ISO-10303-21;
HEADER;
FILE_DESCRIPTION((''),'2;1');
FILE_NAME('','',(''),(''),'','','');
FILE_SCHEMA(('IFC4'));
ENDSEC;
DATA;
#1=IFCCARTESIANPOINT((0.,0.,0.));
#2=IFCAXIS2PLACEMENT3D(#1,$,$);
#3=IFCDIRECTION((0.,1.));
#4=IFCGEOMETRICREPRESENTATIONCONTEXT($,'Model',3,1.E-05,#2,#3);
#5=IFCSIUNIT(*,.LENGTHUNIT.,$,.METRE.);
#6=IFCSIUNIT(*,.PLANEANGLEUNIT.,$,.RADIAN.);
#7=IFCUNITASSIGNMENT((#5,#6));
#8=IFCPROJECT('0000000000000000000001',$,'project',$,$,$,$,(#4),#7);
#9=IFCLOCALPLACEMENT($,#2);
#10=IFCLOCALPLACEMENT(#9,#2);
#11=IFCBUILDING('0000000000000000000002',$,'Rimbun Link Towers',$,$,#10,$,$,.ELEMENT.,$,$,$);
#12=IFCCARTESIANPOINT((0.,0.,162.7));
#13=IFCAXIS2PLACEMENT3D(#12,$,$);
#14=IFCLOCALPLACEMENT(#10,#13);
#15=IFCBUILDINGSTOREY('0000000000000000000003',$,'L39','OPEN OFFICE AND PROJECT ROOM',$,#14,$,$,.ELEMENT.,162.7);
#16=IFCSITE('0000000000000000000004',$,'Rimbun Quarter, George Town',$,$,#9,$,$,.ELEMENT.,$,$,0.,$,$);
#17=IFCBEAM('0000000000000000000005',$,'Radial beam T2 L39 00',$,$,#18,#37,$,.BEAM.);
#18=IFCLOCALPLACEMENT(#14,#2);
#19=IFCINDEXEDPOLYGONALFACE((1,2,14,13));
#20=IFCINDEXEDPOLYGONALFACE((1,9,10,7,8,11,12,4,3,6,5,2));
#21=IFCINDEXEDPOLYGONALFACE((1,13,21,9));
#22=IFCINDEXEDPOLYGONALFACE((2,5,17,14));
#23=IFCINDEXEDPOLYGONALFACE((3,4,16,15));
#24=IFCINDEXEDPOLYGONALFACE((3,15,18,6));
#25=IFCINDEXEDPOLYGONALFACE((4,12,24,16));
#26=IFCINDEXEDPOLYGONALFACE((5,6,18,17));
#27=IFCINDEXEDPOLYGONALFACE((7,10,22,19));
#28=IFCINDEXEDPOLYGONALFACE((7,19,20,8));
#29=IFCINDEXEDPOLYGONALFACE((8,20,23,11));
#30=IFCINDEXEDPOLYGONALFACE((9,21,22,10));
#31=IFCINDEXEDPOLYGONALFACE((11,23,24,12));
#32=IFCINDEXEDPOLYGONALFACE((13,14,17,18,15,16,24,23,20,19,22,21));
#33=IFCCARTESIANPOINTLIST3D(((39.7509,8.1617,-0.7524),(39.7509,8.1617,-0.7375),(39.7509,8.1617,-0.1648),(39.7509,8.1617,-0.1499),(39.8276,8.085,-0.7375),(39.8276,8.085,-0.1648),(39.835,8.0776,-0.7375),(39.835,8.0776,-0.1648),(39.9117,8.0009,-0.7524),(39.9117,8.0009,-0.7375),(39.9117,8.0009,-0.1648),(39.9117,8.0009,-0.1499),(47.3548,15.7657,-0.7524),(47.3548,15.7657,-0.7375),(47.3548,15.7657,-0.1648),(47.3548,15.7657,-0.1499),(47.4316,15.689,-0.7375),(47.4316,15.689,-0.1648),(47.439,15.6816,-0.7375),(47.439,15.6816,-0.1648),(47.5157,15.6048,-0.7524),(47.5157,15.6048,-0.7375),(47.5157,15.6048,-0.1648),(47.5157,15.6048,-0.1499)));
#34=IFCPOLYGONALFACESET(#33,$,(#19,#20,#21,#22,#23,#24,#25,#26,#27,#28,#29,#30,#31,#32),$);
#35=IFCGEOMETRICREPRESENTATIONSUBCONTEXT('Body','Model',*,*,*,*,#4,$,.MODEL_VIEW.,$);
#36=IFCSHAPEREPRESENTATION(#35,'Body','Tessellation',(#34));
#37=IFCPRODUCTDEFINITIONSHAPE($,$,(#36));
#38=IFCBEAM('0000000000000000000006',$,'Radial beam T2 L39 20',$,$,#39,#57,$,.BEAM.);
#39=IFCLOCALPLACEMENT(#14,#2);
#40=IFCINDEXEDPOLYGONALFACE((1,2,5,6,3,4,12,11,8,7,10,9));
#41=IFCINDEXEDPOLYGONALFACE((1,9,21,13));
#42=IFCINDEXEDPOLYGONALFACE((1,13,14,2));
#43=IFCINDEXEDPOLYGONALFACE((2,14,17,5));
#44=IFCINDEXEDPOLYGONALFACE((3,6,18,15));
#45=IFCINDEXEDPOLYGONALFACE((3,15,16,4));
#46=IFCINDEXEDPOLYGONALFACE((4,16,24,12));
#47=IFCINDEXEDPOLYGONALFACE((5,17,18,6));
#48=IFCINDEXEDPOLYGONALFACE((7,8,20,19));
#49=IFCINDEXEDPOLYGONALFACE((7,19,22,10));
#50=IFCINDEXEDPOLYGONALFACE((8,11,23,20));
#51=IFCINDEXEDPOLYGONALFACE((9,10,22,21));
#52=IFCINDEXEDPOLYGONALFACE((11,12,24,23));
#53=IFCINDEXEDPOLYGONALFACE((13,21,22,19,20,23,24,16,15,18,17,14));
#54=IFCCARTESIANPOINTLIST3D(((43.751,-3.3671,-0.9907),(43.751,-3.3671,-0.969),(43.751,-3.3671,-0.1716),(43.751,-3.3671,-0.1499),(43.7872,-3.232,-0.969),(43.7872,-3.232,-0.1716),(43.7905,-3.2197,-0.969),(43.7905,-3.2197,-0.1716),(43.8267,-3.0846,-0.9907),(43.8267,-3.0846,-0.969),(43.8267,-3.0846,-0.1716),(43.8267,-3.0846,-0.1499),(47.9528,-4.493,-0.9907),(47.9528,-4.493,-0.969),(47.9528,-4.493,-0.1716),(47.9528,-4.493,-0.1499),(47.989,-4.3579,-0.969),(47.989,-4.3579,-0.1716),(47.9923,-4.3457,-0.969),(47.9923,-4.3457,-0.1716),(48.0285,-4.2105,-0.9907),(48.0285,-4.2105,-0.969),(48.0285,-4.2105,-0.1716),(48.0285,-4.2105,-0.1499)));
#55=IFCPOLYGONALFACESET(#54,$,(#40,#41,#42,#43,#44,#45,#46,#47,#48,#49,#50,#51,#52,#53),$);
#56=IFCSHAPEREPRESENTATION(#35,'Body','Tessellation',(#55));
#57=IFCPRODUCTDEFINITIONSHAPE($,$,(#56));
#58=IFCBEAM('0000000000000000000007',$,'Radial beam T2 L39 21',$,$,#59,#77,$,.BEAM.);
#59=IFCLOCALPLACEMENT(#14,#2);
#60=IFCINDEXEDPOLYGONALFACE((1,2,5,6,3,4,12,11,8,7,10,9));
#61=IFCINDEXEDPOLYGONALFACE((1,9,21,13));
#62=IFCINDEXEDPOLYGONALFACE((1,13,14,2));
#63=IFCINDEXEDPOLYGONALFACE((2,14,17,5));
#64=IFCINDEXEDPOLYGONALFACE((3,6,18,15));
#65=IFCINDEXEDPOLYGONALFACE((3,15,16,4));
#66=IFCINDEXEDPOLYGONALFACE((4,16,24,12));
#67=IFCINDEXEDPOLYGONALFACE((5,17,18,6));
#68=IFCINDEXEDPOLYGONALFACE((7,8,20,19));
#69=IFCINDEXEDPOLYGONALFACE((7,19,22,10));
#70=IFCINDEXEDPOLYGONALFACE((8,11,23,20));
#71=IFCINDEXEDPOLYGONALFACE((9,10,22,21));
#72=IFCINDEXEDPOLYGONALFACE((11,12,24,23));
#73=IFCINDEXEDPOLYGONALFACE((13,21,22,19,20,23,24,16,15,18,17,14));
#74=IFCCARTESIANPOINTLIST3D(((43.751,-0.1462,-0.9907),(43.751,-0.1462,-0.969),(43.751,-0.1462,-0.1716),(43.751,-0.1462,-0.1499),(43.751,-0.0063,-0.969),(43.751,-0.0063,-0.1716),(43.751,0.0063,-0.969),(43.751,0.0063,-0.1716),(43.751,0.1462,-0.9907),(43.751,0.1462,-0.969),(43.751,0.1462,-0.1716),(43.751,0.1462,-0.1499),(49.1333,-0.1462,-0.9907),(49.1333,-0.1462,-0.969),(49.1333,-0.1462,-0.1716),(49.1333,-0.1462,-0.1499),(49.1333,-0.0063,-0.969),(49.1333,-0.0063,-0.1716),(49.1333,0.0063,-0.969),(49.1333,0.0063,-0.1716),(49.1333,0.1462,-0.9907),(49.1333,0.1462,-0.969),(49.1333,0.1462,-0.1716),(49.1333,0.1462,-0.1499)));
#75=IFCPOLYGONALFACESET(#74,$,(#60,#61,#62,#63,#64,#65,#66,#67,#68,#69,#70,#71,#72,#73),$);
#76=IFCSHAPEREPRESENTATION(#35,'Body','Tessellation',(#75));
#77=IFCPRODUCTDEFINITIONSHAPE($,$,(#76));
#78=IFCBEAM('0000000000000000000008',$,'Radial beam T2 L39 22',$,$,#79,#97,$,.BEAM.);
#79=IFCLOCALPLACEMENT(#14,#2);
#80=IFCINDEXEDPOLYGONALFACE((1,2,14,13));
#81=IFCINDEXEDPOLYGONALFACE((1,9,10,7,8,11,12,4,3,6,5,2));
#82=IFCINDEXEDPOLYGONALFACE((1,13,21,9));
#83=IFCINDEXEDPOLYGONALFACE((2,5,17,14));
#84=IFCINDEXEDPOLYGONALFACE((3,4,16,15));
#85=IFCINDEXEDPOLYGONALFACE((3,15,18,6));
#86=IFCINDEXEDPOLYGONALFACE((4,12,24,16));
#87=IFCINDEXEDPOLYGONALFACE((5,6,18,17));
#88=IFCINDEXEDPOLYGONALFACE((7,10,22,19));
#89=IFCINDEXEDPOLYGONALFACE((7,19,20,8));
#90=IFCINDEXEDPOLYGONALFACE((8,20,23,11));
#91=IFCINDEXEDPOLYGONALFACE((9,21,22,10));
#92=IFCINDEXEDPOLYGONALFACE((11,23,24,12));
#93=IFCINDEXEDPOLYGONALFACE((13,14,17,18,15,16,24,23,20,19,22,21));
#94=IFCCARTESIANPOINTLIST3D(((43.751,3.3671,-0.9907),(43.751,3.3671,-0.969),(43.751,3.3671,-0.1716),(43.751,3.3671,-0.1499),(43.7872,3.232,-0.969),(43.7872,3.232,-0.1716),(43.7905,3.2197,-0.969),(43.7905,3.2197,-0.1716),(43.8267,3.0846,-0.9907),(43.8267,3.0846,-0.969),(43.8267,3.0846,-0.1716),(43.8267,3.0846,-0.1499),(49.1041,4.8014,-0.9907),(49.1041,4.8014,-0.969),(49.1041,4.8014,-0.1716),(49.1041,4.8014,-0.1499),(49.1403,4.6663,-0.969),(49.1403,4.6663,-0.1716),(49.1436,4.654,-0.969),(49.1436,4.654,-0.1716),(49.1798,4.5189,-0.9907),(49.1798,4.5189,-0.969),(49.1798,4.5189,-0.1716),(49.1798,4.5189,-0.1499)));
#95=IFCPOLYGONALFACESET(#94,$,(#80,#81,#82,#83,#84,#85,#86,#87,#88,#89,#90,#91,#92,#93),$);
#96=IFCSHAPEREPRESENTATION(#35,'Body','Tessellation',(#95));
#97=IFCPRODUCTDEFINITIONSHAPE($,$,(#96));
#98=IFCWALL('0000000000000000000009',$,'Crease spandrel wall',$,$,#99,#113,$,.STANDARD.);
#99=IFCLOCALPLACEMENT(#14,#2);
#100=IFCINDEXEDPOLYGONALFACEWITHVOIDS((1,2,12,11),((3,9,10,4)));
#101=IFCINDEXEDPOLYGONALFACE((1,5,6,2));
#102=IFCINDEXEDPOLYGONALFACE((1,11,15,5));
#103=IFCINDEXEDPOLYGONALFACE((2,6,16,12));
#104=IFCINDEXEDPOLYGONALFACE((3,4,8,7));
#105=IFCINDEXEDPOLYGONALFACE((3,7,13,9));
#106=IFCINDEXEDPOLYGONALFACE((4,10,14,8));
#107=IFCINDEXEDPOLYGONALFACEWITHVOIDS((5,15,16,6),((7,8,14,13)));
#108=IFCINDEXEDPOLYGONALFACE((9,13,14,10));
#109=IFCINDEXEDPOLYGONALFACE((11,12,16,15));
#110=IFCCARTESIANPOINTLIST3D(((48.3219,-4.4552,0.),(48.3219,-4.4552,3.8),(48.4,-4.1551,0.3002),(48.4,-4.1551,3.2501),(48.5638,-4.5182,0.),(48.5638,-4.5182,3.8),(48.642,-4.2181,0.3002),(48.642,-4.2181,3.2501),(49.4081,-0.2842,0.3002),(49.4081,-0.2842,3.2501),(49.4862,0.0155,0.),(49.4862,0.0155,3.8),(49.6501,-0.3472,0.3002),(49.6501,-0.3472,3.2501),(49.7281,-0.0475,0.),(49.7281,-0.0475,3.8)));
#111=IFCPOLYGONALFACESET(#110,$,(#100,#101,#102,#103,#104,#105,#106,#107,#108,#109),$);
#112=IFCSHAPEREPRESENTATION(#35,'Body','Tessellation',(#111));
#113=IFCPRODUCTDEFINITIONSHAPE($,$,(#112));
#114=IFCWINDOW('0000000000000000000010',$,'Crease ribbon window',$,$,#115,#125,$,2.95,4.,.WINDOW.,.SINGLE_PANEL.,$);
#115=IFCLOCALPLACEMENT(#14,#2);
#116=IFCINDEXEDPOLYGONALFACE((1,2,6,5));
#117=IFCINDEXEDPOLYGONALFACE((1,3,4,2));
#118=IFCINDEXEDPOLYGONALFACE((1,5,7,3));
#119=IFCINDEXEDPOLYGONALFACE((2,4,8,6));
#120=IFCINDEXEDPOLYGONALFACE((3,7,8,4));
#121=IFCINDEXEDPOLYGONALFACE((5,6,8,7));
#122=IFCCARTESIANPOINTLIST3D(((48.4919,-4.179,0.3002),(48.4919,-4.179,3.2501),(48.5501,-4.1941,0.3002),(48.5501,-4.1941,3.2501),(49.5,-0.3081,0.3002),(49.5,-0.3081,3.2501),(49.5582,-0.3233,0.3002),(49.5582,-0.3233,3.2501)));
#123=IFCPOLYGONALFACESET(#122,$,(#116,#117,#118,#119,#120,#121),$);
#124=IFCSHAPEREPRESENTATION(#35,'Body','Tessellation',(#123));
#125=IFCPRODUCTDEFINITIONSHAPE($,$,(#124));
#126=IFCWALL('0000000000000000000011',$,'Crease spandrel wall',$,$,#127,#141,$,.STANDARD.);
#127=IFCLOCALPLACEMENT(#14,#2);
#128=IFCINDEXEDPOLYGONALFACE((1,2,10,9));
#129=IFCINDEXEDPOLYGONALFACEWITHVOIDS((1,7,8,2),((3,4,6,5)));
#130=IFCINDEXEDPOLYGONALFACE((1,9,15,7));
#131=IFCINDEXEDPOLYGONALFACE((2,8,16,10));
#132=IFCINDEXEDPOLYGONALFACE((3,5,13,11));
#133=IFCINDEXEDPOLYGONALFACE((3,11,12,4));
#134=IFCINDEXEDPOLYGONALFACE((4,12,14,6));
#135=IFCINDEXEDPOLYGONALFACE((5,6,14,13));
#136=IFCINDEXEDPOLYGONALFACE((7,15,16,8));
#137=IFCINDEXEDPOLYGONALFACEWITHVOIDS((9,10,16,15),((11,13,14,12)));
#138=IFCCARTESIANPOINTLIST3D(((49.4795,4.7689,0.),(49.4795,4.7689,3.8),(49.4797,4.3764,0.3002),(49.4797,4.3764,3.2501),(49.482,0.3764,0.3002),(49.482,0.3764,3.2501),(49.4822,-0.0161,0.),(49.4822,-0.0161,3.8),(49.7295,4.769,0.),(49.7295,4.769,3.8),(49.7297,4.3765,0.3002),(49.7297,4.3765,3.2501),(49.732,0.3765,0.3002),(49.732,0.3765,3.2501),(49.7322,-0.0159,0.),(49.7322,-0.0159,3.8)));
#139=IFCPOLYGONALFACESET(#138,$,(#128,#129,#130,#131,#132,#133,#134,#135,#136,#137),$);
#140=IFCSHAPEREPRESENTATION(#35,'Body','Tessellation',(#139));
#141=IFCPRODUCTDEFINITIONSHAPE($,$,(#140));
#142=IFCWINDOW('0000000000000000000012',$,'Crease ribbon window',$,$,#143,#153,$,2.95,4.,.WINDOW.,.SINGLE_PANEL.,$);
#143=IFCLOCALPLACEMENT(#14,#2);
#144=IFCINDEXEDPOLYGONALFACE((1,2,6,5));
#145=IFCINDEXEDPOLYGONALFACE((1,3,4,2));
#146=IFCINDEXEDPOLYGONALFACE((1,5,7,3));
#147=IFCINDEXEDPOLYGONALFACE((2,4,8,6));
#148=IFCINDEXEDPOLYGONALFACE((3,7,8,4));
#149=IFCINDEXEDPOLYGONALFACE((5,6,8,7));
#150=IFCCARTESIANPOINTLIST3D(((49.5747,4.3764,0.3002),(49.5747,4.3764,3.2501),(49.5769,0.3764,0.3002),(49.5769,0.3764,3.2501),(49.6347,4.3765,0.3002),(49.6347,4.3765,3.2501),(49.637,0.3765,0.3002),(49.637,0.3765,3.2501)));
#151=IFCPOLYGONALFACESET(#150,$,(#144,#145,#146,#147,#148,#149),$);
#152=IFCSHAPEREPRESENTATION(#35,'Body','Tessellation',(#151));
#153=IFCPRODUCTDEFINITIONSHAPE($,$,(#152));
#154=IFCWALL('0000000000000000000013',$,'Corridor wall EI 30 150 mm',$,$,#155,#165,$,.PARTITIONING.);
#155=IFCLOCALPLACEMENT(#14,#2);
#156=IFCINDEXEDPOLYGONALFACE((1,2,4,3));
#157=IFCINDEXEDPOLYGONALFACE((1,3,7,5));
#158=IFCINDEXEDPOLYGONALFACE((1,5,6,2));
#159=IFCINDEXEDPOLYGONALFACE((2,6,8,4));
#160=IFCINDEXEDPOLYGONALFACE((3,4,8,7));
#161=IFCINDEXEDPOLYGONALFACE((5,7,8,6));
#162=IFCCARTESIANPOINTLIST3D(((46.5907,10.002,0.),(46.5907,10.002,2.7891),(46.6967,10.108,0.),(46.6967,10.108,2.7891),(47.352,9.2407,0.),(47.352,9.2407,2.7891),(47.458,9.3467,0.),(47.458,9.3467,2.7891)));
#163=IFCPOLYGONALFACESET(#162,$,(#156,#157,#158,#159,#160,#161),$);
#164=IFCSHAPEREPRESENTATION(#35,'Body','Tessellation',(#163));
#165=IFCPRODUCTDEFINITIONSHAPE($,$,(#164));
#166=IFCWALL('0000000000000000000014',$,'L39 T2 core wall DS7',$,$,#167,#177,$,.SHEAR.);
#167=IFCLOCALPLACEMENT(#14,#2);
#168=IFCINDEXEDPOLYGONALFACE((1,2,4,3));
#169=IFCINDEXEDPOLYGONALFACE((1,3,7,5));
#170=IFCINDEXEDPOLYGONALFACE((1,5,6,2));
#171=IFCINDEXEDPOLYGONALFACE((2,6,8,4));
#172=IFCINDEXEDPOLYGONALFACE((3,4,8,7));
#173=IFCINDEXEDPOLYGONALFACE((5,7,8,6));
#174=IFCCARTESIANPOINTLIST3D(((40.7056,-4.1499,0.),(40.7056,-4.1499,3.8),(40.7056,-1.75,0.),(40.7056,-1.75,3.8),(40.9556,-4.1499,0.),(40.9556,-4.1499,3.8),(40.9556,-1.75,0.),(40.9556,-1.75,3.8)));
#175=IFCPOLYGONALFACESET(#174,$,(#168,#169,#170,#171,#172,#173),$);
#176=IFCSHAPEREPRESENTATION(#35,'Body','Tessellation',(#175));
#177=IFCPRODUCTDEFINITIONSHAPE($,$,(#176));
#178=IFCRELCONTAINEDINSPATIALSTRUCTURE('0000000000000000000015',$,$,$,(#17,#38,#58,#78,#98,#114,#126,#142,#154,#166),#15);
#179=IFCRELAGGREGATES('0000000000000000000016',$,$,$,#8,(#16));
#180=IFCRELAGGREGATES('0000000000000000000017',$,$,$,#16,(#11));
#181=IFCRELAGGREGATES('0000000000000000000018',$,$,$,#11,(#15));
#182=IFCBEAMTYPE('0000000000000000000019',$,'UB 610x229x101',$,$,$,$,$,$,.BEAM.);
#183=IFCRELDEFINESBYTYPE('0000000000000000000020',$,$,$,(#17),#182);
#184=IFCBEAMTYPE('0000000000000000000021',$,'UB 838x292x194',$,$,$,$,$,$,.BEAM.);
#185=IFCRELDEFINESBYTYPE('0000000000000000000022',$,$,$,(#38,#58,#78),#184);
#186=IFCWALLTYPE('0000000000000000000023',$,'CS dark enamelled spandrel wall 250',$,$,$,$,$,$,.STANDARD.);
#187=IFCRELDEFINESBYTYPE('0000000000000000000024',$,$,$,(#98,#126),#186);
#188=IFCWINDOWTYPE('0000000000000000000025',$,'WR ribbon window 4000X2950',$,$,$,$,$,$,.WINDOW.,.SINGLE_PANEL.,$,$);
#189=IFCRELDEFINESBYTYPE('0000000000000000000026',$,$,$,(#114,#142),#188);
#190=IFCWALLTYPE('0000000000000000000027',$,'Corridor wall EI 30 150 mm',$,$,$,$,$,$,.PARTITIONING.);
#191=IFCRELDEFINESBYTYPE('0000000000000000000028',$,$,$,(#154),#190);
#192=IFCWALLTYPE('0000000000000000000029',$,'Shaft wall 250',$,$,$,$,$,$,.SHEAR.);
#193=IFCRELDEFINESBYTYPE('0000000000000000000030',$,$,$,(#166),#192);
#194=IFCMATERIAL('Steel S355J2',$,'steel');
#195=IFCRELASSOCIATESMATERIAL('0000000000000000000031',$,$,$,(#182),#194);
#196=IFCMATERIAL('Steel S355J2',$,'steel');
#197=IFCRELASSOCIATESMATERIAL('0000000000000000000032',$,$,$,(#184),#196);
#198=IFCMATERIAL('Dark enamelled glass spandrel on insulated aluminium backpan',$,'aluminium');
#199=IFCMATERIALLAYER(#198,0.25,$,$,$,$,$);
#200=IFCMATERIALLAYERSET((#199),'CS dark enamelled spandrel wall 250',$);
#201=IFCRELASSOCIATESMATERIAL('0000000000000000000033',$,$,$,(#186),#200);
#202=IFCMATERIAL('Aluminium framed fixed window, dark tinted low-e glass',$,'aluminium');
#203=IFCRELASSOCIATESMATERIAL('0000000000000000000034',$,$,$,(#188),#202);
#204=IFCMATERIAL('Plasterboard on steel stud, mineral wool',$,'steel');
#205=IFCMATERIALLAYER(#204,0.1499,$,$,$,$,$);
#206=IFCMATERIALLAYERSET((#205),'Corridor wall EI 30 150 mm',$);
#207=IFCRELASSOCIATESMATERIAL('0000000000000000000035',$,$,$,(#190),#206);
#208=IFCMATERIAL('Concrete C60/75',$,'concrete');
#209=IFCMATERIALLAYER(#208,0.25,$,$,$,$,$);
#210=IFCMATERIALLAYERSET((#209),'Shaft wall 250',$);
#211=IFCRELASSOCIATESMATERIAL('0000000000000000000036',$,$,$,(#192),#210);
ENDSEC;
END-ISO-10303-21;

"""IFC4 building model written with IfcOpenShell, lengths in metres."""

from ifc_helpers import new_model, si_unit, direction, frame, frame_2d, origin, origin_2d, place, context, subcontext, project, spatial, rectangle, i_section, extrude, material, layer, layer_set, material_profile, profile_set, type_object, element, fill, save


model = new_model("IFC4")

# Units and contexts
model_context = context("Model", 3, precision=1e-05, world=origin(), true_north=direction((0.0, 1.0)))
body_context = subcontext(model_context, "Body", "Model", "MODEL_VIEW")
ifc_project = project(units=[si_unit("LENGTHUNIT", "METRE"), si_unit("PLANEANGLEUNIT", "RADIAN")], contexts=[model_context])

# Site, building, storey
site_placement = place(None, origin())
site = spatial("IfcSite", under=ifc_project, at=site_placement, Name="Rimbun Quarter, George Town", CompositionType="ELEMENT", RefElevation=0.0)
building_placement = place(site_placement, origin())
building = spatial("IfcBuilding", under=site, at=building_placement, Name="Rimbun Link Towers", CompositionType="ELEMENT")
storey_placement = place(building_placement, frame((0.0, 0.0, 162.7)))
storey = spatial("IfcBuildingStorey", under=building, at=storey_placement, Name="L39", Description="OPEN OFFICE AND PROJECT ROOM", CompositionType="ELEMENT", Elevation=162.7)

# Beams
ifc_material_1 = material(Name="Steel S355J2", Category="steel")
ifc_material_profile_1 = material_profile(ifc_material_1, i_section(OverallWidth=0.2275, OverallDepth=0.6025, WebThickness=0.0105, FlangeThickness=0.0149, at=origin_2d()), Name="UB 610x229x101")
ifc_profile_set_1 = profile_set([ifc_material_profile_1], Name="Steel S355J2")
beam_type_1 = type_object("IfcBeamType", Name="UB 610x229x101", PredefinedType="BEAM", material=ifc_profile_set_1)
beam_1_placement = place(storey_placement, frame((39.8313, 8.0813, -0.4512), z_axis=(0.707107, 0.707107, 0.0), x_axis=(-0.707107, 0.707107, 0.0)))
element("IfcBeam", 1, at=beam_1_placement, inside=storey, type_object=beam_type_1, Name="Radial beam T2 L39 00", PredefinedType="BEAM", context=body_context, shape_type="SweptSolid", body=[
    extrude(i_section(OverallWidth=0.2275, OverallDepth=0.6025, WebThickness=0.0105, FlangeThickness=0.0149, at=origin_2d()), origin(), (0.0, 0.0, 1.0), 10.7537),
])
ifc_material_2 = material(Name="Steel S355J2", Category="steel")
ifc_material_profile_2 = material_profile(ifc_material_2, i_section(OverallWidth=0.2925, OverallDepth=0.8408, WebThickness=0.0127, FlangeThickness=0.0217, at=origin_2d()), Name="UB 838x292x194")
ifc_profile_set_2 = profile_set([ifc_material_profile_2], Name="Steel S355J2")
beam_type_2 = type_object("IfcBeamType", Name="UB 838x292x194", PredefinedType="BEAM", material=ifc_profile_set_2)
beam_2_placement = place(storey_placement, frame((43.7888, -3.2258, -0.5703), z_axis=(0.965921, -0.258836, 0.0), x_axis=(0.258836, 0.965921, 0.0)))
element("IfcBeam", 2, at=beam_2_placement, inside=storey, type_object=beam_type_2, Name="Radial beam T2 L39 20", PredefinedType="BEAM", context=body_context, shape_type="SweptSolid", body=[
    extrude(i_section(OverallWidth=0.2925, OverallDepth=0.8408, WebThickness=0.0127, FlangeThickness=0.0217, at=origin_2d()), origin(), (0.0, 0.0, 1.0), 4.3501),
])
beam_3_placement = place(storey_placement, frame((43.751, 0.0, -0.5703), z_axis=(1.0, 0.0, 0.0), x_axis=(0.0, 1.0, 0.0)))
element("IfcBeam", 3, at=beam_3_placement, inside=storey, type_object=beam_type_2, Name="Radial beam T2 L39 21", PredefinedType="BEAM", context=body_context, shape_type="SweptSolid", body=[
    extrude(i_section(OverallWidth=0.2925, OverallDepth=0.8408, WebThickness=0.0127, FlangeThickness=0.0217, at=origin_2d()), origin(), (0.0, 0.0, 1.0), 5.3823),
])
beam_4_placement = place(storey_placement, frame((43.7888, 3.2258, -0.5703), z_axis=(0.965929, 0.258806, 0.0), x_axis=(-0.258806, 0.965929, 0.0)))
element("IfcBeam", 4, at=beam_4_placement, inside=storey, type_object=beam_type_2, Name="Radial beam T2 L39 22", PredefinedType="BEAM", context=body_context, shape_type="SweptSolid", body=[
    extrude(i_section(OverallWidth=0.2925, OverallDepth=0.8408, WebThickness=0.0127, FlangeThickness=0.0217, at=origin_2d()), origin(), (0.0, 0.0, 1.0), 5.542),
])

# Walls, openings, windows
ifc_material_3 = material(Name="Dark enamelled glass spandrel on insulated aluminium backpan", Category="aluminium")
ifc_layer_1 = layer(ifc_material_3, 0.25)
ifc_layer_set_1 = layer_set([ifc_layer_1], Name="CS dark enamelled spandrel wall 250")
wall_type_1 = type_object("IfcWallType", Name="CS dark enamelled spandrel wall 250", PredefinedType="STANDARD", material=ifc_layer_set_1)
wall_1_placement = place(storey_placement, frame((49.6072, -0.0159, 0.0), z_axis=(0.0, 0.0, 1.0), x_axis=(-0.252024, -0.967721, 0.0)))
wall_1 = element("IfcWall", 5, at=wall_1_placement, inside=storey, type_object=wall_type_1, Name="Crease spandrel wall", PredefinedType="STANDARD", context=body_context, shape_type="SweptSolid", body=[
    extrude(rectangle(XDim=4.6199, YDim=0.25, at=frame_2d((2.3101, 0.0))), origin(), (0.0, 0.0, 1.0), 3.8),
])
opening_1_placement = place(wall_1_placement, frame((0.3098, 0.0, 0.3)))
opening_1 = element("IfcOpeningElement", 6, at=opening_1_placement, cuts=wall_1, PredefinedType="OPENING", context=body_context, shape_type="SweptSolid", body=[
    extrude(rectangle(XDim=4.0, YDim=2.95, at=frame_2d((2.0, 1.4751))), frame((0.0, 0.135, 0.0), z_axis=(0.0, -1.0, 0.0), x_axis=(1.0, 0.0, 0.0)), (0.0, 0.0, 1.0), 0.27),
])
ifc_material_4 = material(Name="Aluminium framed fixed window, dark tinted low-e glass", Category="aluminium")
window_type = type_object("IfcWindowType", Name="WR ribbon window 4000X2950", PartitioningType="SINGLE_PANEL", PredefinedType="WINDOW", material=ifc_material_4)
window_1_placement = place(opening_1_placement, origin())
window_1 = element("IfcWindow", 7, at=window_1_placement, inside=storey, type_object=window_type, Name="Crease ribbon window", OverallHeight=2.95, OverallWidth=4.0, PartitioningType="SINGLE_PANEL", PredefinedType="WINDOW", context=body_context, shape_type="SweptSolid", body=[
    extrude(rectangle(XDim=4.0, YDim=2.95, at=frame_2d((2.0, 1.4751))), frame((0.0, 0.03, 0.0), z_axis=(0.0, -1.0, 0.0), x_axis=(1.0, 0.0, 0.0)), (0.0, 0.0, 1.0), 0.0601),
])
fill(opening_1, window_1)
wall_2_placement = place(storey_placement, frame((49.6045, 4.769, 0.0), z_axis=(0.0, 0.0, 1.0), x_axis=(0.000561, -1.0, 0.0)))
wall_2 = element("IfcWall", 8, at=wall_2_placement, inside=storey, type_object=wall_type_1, Name="Crease spandrel wall", PredefinedType="STANDARD", context=body_context, shape_type="SweptSolid", body=[
    extrude(rectangle(XDim=4.7849, YDim=0.25, at=frame_2d((2.3926, 0.0))), origin(), (0.0, 0.0, 1.0), 3.8),
])
opening_2_placement = place(wall_2_placement, frame((0.3926, 0.0, 0.3)))
opening_2 = element("IfcOpeningElement", 9, at=opening_2_placement, cuts=wall_2, PredefinedType="OPENING", context=body_context, shape_type="SweptSolid", body=[
    extrude(rectangle(XDim=4.0, YDim=2.95, at=frame_2d((2.0, 1.4751))), frame((0.0, 0.135, 0.0), z_axis=(0.0, -1.0, 0.0), x_axis=(1.0, 0.0, 0.0)), (0.0, 0.0, 1.0), 0.27),
])
window_2_placement = place(opening_2_placement, origin())
window_2 = element("IfcWindow", 10, at=window_2_placement, inside=storey, type_object=window_type, Name="Crease ribbon window", OverallHeight=2.95, OverallWidth=4.0, PartitioningType="SINGLE_PANEL", PredefinedType="WINDOW", context=body_context, shape_type="SweptSolid", body=[
    extrude(rectangle(XDim=4.0, YDim=2.95, at=frame_2d((2.0, 1.4751))), frame((0.0, 0.03, 0.0), z_axis=(0.0, -1.0, 0.0), x_axis=(1.0, 0.0, 0.0)), (0.0, 0.0, 1.0), 0.0601),
])
fill(opening_2, window_2)

# Walls
ifc_material_5 = material(Name="Plasterboard on steel stud, mineral wool", Category="steel")
ifc_layer_2 = layer(ifc_material_5, 0.1499)
ifc_layer_set_2 = layer_set([ifc_layer_2], Name="Corridor wall EI 30 150 mm")
wall_type_2 = type_object("IfcWallType", Name="Corridor wall EI 30 150 mm", PredefinedType="PARTITIONING", material=ifc_layer_set_2)
wall_3_placement = place(storey_placement, frame((47.405, 9.2937, 0.0), z_axis=(0.0, 0.0, 1.0), x_axis=(-0.707107, 0.707107, 0.0)))
element("IfcWall", 11, at=wall_3_placement, inside=storey, type_object=wall_type_2, Name="Corridor wall EI 30 150 mm", PredefinedType="PARTITIONING", context=body_context, shape_type="SweptSolid", body=[
    extrude(rectangle(XDim=1.0767, YDim=0.1499, at=frame_2d((0.5383, 0.0))), origin(), (0.0, 0.0, 1.0), 2.7891),
])
ifc_material_6 = material(Name="Concrete C60/75", Category="concrete")
ifc_layer_3 = layer(ifc_material_6, 0.25)
ifc_layer_set_3 = layer_set([ifc_layer_3], Name="Shaft wall 250")
wall_type_3 = type_object("IfcWallType", Name="Shaft wall 250", PredefinedType="SHEAR", material=ifc_layer_set_3)
wall_4_placement = place(storey_placement, frame((40.8306, -4.1499, 0.0), z_axis=(0.0, 0.0, 1.0), x_axis=(0.0, 1.0, 0.0)))
element("IfcWall", 12, at=wall_4_placement, inside=storey, type_object=wall_type_3, Name="L39 T2 core wall DS7", PredefinedType="SHEAR", context=body_context, shape_type="SweptSolid", body=[
    extrude(rectangle(XDim=2.3999, YDim=0.25, at=frame_2d((1.2, 0.0))), origin(), (0.0, 0.0, 1.0), 3.8),
])

save(model, "model.ifc")
